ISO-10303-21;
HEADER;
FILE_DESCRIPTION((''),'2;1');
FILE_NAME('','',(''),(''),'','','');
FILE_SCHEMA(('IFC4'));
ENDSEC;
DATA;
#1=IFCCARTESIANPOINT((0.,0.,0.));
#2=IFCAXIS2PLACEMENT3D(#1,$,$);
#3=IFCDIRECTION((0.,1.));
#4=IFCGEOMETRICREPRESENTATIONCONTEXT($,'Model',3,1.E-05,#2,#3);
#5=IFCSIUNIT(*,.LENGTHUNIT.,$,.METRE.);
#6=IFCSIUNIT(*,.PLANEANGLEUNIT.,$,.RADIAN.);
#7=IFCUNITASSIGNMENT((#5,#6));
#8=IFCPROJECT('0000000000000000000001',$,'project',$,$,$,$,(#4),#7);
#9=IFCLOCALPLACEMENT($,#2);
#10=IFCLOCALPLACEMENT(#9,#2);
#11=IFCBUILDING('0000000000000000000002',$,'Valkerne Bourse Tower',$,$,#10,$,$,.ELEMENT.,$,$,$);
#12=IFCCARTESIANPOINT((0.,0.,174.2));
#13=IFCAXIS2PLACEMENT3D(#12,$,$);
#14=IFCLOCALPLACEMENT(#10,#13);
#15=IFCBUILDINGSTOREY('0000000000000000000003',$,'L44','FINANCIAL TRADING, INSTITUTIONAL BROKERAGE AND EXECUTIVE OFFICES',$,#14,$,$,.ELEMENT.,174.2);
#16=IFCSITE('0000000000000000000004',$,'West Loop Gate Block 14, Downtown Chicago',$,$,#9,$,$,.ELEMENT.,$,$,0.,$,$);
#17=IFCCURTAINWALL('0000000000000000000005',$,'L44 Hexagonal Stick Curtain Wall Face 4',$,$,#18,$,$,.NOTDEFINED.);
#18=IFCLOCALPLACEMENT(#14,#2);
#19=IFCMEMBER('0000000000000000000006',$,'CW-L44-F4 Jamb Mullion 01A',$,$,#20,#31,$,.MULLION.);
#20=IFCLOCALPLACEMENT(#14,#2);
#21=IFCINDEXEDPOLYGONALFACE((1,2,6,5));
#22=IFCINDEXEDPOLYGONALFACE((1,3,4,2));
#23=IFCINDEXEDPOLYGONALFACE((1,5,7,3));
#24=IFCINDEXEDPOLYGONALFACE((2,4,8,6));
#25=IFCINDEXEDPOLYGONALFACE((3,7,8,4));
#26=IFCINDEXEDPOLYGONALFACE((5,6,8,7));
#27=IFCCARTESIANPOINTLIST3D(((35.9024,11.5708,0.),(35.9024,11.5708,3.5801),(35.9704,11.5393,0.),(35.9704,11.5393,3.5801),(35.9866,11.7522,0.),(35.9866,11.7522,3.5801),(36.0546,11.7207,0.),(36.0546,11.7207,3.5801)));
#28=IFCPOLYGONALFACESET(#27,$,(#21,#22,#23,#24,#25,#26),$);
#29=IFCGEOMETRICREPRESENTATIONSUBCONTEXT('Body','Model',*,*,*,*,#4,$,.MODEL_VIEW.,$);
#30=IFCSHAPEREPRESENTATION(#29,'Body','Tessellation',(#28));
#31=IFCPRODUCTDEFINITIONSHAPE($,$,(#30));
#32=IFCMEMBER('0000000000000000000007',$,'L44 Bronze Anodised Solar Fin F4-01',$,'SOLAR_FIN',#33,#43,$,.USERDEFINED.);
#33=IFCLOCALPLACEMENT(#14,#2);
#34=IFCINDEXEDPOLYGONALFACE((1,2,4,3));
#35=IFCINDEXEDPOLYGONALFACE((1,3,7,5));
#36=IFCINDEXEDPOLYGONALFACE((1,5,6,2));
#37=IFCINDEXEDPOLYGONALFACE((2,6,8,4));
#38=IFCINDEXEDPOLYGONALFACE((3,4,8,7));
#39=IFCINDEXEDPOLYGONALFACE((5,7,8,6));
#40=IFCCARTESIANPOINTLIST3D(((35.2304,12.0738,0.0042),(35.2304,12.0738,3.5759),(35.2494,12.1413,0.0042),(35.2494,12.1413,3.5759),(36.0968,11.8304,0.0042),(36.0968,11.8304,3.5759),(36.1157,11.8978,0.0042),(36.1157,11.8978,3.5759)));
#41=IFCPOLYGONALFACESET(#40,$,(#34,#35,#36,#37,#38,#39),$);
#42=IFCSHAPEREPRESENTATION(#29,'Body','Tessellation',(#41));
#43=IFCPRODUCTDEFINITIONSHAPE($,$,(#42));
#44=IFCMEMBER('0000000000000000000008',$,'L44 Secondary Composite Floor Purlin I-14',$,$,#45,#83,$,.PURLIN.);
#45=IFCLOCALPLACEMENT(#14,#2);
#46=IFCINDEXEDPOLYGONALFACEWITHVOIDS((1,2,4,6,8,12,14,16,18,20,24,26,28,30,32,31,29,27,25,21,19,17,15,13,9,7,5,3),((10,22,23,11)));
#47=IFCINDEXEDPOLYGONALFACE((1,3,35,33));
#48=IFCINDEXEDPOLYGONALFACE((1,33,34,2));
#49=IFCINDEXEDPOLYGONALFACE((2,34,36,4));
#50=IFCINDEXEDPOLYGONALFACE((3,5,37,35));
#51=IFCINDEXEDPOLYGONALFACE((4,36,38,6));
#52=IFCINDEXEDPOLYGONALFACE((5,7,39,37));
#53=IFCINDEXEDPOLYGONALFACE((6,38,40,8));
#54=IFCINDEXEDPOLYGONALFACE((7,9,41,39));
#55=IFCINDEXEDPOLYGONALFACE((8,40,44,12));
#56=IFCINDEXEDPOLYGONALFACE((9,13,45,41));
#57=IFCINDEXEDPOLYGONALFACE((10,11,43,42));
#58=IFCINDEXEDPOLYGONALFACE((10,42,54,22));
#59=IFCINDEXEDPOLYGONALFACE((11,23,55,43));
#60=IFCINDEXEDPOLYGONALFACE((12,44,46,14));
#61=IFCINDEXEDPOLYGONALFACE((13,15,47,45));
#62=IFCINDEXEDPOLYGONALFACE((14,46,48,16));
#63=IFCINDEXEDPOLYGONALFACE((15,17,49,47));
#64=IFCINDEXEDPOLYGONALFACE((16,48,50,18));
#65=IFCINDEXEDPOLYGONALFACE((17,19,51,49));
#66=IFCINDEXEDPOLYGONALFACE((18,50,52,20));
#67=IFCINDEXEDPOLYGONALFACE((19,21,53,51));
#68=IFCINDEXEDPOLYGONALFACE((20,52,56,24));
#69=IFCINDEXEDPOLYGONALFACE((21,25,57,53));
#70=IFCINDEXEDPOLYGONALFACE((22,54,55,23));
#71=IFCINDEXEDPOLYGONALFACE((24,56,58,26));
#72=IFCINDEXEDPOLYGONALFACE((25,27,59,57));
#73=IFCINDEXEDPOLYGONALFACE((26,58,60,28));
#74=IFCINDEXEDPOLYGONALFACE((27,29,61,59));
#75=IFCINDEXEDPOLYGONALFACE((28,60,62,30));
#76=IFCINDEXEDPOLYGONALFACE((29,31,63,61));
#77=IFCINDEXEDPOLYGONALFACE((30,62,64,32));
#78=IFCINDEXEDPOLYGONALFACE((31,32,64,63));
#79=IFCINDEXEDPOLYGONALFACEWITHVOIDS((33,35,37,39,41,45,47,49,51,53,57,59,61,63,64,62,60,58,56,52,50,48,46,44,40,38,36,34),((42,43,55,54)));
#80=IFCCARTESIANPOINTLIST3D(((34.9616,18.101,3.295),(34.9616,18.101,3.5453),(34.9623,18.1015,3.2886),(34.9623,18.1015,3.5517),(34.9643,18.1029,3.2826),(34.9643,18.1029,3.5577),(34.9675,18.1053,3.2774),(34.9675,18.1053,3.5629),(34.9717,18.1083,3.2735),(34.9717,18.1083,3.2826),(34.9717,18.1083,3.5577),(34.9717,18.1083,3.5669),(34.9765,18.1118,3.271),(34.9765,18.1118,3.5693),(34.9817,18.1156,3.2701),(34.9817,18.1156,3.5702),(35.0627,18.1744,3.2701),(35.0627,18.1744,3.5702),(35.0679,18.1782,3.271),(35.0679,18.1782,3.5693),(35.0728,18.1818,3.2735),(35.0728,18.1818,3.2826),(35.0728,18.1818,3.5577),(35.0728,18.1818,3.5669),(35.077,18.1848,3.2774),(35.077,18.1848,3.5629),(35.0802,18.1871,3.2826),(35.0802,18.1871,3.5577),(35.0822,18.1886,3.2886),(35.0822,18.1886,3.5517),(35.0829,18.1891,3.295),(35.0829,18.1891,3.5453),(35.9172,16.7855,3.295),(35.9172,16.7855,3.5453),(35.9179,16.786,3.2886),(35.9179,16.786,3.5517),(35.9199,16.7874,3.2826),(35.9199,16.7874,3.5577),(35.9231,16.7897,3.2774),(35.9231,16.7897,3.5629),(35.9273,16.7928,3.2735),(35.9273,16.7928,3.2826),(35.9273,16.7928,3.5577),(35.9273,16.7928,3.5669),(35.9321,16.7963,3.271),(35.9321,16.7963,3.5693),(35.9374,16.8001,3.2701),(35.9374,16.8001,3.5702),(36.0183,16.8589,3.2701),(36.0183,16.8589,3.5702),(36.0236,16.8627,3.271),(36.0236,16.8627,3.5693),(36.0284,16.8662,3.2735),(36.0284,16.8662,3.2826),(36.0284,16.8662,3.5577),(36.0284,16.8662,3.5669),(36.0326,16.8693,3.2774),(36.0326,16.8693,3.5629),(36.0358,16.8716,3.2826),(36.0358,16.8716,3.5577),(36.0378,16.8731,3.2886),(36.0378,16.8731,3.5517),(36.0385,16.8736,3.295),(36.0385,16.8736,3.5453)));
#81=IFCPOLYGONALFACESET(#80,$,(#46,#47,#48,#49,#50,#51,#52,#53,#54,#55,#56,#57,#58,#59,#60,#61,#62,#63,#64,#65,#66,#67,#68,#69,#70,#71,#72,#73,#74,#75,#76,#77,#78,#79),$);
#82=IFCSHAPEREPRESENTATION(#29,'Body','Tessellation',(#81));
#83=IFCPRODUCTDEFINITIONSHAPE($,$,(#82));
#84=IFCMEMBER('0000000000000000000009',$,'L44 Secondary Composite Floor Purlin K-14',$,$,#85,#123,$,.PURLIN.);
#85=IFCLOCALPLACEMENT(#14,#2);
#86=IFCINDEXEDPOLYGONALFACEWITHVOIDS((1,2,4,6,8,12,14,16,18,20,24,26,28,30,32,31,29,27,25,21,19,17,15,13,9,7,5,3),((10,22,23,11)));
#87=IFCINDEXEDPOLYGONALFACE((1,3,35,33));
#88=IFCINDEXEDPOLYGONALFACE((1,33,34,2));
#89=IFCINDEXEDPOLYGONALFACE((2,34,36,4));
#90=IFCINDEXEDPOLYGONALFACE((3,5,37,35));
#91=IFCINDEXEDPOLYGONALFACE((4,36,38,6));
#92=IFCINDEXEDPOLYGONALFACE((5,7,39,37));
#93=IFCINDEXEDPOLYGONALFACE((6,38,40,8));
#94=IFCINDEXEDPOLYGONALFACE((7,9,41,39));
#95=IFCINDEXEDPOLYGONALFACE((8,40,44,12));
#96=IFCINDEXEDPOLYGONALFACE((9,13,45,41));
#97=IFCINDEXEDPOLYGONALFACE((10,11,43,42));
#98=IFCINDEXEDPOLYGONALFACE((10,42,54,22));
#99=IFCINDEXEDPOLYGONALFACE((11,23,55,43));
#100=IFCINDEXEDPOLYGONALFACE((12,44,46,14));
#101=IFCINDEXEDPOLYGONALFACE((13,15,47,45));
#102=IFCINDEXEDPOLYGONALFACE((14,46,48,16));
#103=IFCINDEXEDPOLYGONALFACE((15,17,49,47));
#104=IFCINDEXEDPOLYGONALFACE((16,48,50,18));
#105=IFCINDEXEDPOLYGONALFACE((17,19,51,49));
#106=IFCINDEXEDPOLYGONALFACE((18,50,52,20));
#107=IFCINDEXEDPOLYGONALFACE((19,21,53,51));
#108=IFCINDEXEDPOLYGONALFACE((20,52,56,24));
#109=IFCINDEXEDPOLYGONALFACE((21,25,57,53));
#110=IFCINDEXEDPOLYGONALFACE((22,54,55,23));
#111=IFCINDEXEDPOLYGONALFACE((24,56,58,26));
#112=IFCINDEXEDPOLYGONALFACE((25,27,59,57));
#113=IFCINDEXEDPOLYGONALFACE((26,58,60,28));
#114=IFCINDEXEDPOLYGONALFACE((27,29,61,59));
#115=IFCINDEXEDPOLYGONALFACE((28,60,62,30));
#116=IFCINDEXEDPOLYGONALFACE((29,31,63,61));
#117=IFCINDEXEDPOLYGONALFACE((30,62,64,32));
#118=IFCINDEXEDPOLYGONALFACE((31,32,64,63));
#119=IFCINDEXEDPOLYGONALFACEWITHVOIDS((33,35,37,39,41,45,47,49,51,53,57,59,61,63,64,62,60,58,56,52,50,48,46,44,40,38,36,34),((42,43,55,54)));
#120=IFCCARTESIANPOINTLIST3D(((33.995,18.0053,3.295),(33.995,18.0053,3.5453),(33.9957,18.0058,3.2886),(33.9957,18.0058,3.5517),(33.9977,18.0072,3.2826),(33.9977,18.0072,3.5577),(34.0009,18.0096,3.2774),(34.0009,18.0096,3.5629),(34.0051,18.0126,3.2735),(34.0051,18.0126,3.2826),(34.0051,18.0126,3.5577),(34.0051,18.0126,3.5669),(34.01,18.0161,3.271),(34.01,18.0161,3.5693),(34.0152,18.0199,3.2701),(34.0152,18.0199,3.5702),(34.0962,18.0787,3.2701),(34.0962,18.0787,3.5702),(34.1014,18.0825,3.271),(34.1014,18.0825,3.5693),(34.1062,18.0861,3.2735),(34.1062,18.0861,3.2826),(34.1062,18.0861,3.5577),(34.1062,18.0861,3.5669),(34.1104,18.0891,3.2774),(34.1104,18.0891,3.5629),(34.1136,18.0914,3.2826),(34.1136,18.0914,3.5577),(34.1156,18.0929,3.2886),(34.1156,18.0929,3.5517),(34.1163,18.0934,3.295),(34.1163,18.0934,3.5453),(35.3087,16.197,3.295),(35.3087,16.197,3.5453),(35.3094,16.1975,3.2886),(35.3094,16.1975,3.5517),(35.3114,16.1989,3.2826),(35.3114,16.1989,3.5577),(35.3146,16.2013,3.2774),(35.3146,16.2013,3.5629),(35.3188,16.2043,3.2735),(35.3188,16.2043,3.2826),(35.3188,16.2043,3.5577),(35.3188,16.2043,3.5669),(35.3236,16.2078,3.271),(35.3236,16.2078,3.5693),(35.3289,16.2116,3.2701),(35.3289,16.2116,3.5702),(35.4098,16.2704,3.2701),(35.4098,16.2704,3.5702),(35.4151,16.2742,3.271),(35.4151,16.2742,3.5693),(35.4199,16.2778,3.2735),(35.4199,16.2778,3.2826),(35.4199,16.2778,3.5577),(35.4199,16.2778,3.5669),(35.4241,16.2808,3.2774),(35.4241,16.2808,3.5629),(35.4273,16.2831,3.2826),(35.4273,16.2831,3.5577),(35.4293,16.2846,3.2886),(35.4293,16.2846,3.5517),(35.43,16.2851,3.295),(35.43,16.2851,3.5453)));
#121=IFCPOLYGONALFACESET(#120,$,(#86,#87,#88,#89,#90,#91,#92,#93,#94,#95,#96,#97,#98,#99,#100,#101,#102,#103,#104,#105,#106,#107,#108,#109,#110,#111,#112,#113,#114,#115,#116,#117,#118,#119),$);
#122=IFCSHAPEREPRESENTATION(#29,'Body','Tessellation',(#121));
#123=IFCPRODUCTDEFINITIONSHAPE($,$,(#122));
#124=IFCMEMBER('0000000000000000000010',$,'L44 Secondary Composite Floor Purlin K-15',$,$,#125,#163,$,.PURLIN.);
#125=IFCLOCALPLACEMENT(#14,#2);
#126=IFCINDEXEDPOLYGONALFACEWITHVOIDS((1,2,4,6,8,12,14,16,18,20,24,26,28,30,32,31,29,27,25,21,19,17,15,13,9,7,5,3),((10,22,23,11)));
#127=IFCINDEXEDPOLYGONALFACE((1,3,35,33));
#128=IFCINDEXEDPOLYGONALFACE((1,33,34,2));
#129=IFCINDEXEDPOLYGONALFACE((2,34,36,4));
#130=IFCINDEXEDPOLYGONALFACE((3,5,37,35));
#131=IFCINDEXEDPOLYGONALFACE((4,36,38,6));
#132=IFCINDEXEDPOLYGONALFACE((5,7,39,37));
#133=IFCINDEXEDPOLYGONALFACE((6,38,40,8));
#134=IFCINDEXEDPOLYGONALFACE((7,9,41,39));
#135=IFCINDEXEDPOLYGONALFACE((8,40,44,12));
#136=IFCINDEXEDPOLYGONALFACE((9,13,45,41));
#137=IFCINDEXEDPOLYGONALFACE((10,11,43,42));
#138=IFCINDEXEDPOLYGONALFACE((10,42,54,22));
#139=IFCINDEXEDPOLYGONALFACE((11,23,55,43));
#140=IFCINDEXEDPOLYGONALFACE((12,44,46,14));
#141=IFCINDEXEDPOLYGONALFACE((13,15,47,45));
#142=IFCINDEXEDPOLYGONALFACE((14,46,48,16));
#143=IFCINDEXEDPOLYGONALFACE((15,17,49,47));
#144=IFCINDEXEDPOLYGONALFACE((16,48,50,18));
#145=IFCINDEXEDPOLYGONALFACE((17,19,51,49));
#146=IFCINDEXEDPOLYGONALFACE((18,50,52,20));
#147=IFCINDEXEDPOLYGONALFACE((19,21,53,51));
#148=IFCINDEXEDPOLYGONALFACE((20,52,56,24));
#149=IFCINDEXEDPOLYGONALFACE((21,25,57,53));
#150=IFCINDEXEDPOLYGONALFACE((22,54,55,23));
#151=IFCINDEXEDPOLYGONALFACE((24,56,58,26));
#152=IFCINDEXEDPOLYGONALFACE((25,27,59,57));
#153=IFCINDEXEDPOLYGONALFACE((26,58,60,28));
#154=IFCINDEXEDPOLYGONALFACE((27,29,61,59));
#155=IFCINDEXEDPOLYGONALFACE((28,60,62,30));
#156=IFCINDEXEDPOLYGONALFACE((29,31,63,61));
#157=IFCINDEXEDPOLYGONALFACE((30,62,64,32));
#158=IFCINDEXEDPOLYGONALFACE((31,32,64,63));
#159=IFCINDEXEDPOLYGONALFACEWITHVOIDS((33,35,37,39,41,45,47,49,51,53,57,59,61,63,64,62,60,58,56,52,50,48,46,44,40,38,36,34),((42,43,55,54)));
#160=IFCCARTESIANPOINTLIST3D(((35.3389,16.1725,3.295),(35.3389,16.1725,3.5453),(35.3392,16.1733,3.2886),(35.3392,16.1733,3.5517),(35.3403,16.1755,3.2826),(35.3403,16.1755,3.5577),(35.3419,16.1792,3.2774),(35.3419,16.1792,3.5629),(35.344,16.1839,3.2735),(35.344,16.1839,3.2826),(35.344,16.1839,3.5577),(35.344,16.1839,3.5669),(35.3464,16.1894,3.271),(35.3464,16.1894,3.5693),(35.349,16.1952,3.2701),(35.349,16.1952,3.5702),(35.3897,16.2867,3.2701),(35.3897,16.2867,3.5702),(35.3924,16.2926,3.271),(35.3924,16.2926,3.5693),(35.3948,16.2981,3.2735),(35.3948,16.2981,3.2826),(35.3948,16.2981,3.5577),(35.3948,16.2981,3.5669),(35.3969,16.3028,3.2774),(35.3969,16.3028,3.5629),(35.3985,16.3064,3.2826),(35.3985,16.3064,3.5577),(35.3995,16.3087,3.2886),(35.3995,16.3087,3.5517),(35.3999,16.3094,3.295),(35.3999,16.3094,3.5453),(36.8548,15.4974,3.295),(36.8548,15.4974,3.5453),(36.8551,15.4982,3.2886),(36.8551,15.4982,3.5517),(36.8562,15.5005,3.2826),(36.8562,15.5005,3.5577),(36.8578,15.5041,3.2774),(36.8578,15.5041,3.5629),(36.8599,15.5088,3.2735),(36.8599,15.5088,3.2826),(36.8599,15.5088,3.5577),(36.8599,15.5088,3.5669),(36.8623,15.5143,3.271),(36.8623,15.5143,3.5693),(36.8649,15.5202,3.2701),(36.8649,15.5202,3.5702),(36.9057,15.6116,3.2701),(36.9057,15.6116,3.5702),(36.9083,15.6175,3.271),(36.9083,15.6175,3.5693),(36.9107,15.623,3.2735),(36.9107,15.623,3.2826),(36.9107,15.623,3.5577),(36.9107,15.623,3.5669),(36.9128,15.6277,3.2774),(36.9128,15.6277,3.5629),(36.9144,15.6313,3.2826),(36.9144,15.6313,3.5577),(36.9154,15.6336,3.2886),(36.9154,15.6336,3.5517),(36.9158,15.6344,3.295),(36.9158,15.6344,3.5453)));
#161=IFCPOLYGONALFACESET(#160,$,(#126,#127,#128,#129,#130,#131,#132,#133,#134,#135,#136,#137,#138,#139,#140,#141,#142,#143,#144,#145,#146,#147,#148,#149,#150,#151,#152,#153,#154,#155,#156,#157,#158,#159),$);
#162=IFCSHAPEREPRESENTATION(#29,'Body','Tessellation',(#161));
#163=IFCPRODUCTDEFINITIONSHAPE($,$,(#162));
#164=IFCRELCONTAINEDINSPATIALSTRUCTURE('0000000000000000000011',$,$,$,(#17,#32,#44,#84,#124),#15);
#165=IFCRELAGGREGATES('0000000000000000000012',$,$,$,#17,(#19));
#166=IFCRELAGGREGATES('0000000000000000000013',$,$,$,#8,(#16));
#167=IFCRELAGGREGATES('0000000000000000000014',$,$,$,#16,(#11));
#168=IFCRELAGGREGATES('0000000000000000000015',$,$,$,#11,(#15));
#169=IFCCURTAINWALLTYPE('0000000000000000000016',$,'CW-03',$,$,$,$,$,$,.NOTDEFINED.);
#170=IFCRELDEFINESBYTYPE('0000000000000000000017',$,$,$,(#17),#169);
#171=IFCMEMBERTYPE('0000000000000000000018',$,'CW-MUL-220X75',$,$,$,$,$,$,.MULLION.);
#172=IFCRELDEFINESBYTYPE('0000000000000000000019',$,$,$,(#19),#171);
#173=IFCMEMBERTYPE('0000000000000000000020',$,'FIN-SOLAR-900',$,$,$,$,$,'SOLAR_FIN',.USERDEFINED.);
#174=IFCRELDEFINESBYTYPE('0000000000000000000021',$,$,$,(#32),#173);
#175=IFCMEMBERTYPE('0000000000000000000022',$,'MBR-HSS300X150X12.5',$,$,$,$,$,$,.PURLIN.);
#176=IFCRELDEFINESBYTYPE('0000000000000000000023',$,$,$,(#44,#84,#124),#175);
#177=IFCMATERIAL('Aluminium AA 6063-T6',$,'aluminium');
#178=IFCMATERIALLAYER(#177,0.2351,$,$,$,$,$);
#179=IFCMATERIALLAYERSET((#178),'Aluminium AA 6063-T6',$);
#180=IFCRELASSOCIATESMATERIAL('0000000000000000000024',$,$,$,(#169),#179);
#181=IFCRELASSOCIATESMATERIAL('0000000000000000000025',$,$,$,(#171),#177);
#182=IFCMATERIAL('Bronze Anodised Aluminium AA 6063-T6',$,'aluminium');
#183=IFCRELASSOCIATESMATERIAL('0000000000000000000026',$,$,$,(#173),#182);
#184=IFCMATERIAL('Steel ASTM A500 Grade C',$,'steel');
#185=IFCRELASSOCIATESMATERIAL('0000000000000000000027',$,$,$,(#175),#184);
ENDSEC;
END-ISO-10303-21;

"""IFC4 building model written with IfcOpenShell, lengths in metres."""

from ifc_helpers import new_model, si_unit, direction, frame, origin, origin_2d, place, context, subcontext, project, spatial, rectangle, hollow_rectangle, extrude, material, layer, layer_set, material_profile, profile_set, type_object, element, aggregate, save


model = new_model("IFC4")

# Units and contexts
model_context = context("Model", 3, precision=1e-05, world=origin(), true_north=direction((0.0, 1.0)))
body_context = subcontext(model_context, "Body", "Model", "MODEL_VIEW")
ifc_project = project(units=[si_unit("LENGTHUNIT", "METRE"), si_unit("PLANEANGLEUNIT", "RADIAN")], contexts=[model_context])

# Site, building, storey
site_placement = place(None, origin())
site = spatial("IfcSite", under=ifc_project, at=site_placement, Name="West Loop Gate Block 14, Downtown Chicago", CompositionType="ELEMENT", RefElevation=0.0)
building_placement = place(site_placement, origin())
building = spatial("IfcBuilding", under=site, at=building_placement, Name="Valkerne Bourse Tower", CompositionType="ELEMENT")
storey_placement = place(building_placement, frame((0.0, 0.0, 174.2)))
storey = spatial("IfcBuildingStorey", under=building, at=storey_placement, Name="L44", Description="FINANCIAL TRADING, INSTITUTIONAL BROKERAGE AND EXECUTIVE OFFICES", CompositionType="ELEMENT", Elevation=174.2)

# Curtain wall, member
ifc_material_1 = material(Name="Aluminium AA 6063-T6", Category="aluminium")
ifc_layer_1 = layer(ifc_material_1, 0.2351)
ifc_layer_set_1 = layer_set([ifc_layer_1], Name="Aluminium AA 6063-T6")
curtain_wall_type = type_object("IfcCurtainWallType", Name="CW-03", PredefinedType="NOTDEFINED", material=ifc_layer_set_1)
curtain_wall_placement = place(storey_placement, origin())
curtain_wall = element("IfcCurtainWall", 1, at=curtain_wall_placement, inside=storey, type_object=curtain_wall_type, Name="L44 Hexagonal Stick Curtain Wall Face 4", PredefinedType="NOTDEFINED")
ifc_material_profile_1 = material_profile(ifc_material_1, rectangle(XDim=0.075, YDim=0.2, at=origin_2d()), Name="CWM-75X200")
ifc_profile_set_1 = profile_set([ifc_material_profile_1], Name="Aluminium AA 6063-T6")
member_type_1 = type_object("IfcMemberType", Name="CW-MUL-220X75", PredefinedType="MULLION", material=ifc_profile_set_1)
member_1_placement = place(storey_placement, frame((35.9785, 11.6458, 0.0), z_axis=(0.0, 0.0, 1.0), x_axis=(0.907044, -0.421037, 0.0)))
member_1 = element("IfcMember", 2, at=member_1_placement, type_object=member_type_1, Name="CW-L44-F4 Jamb Mullion 01A", PredefinedType="MULLION", context=body_context, shape_type="SweptSolid", body=[
    extrude(rectangle(XDim=0.075, YDim=0.2, at=origin_2d()), origin(), (0.0, 0.0, 1.0), 3.5801),
])

# Members
ifc_material_2 = material(Name="Bronze Anodised Aluminium AA 6063-T6", Category="aluminium")
ifc_material_profile_2 = material_profile(ifc_material_2, rectangle(XDim=0.0701, YDim=0.8999, at=origin_2d()), Name="FIN-70X900")
ifc_profile_set_2 = profile_set([ifc_material_profile_2], Name="Bronze Anodised Aluminium AA 6063-T6")
member_type_2 = type_object("IfcMemberType", Name="FIN-SOLAR-900", ElementType="SOLAR_FIN", PredefinedType="USERDEFINED", material=ifc_profile_set_2)
member_2_placement = place(storey_placement, frame((35.6731, 11.9858, 0.0042), z_axis=(0.0, 0.0, 1.0), x_axis=(-0.270547, -0.962707, 0.0)))
element("IfcMember", 3, at=member_2_placement, inside=storey, type_object=member_type_2, Name="L44 Bronze Anodised Solar Fin F4-01", ObjectType="SOLAR_FIN", PredefinedType="USERDEFINED", context=body_context, shape_type="SweptSolid", body=[
    extrude(rectangle(XDim=0.0701, YDim=0.8999, at=origin_2d()), origin(), (0.0, 0.0, 1.0), 3.5718),
])
ifc_material_3 = material(Name="Steel ASTM A500 Grade C", Category="steel")
ifc_material_profile_3 = material_profile(ifc_material_3, hollow_rectangle(XDim=0.1499, YDim=0.3, WallThickness=0.0125, OuterFilletRadius=0.0249, at=origin_2d()), Name="HSS300X150X12.5")
ifc_profile_set_3 = profile_set([ifc_material_profile_3], Name="Steel ASTM A500 Grade C")
member_type_3 = type_object("IfcMemberType", Name="MBR-HSS300X150X12.5", PredefinedType="PURLIN", material=ifc_profile_set_3)
member_3_placement = place(storey_placement, frame((35.0222, 18.145, 3.4202), z_axis=(0.587725, -0.809061, 0.0), x_axis=(0.809061, 0.587725, 0.0)))
element("IfcMember", 4, at=member_3_placement, inside=storey, type_object=member_type_3, Name="L44 Secondary Composite Floor Purlin I-14", PredefinedType="PURLIN", context=body_context, shape_type="SweptSolid", body=[
    extrude(hollow_rectangle(XDim=0.1499, YDim=0.3, WallThickness=0.0125, OuterFilletRadius=0.0249, at=origin_2d()), origin(), (0.0, 0.0, 1.0), 1.626),
])
member_4_placement = place(storey_placement, frame((34.0557, 18.0493, 3.4202), z_axis=(0.587749, -0.809043, 0.0), x_axis=(0.809043, 0.587749, 0.0)))
element("IfcMember", 5, at=member_4_placement, inside=storey, type_object=member_type_3, Name="L44 Secondary Composite Floor Purlin K-14", PredefinedType="PURLIN", context=body_context, shape_type="SweptSolid", body=[
    extrude(hollow_rectangle(XDim=0.1499, YDim=0.3, WallThickness=0.0125, OuterFilletRadius=0.0249, at=origin_2d()), origin(), (0.0, 0.0, 1.0), 2.2351),
])
member_5_placement = place(storey_placement, frame((35.3694, 16.241, 3.4202), z_axis=(0.913514, -0.406807, 0.0), x_axis=(0.406807, 0.913514, 0.0)))
element("IfcMember", 6, at=member_5_placement, inside=storey, type_object=member_type_3, Name="L44 Secondary Composite Floor Purlin K-15", PredefinedType="PURLIN", context=body_context, shape_type="SweptSolid", body=[
    extrude(hollow_rectangle(XDim=0.1499, YDim=0.3, WallThickness=0.0125, OuterFilletRadius=0.0249, at=origin_2d()), origin(), (0.0, 0.0, 1.0), 1.6594),
])

aggregate(curtain_wall, [member_1])

save(model, "model.ifc")
